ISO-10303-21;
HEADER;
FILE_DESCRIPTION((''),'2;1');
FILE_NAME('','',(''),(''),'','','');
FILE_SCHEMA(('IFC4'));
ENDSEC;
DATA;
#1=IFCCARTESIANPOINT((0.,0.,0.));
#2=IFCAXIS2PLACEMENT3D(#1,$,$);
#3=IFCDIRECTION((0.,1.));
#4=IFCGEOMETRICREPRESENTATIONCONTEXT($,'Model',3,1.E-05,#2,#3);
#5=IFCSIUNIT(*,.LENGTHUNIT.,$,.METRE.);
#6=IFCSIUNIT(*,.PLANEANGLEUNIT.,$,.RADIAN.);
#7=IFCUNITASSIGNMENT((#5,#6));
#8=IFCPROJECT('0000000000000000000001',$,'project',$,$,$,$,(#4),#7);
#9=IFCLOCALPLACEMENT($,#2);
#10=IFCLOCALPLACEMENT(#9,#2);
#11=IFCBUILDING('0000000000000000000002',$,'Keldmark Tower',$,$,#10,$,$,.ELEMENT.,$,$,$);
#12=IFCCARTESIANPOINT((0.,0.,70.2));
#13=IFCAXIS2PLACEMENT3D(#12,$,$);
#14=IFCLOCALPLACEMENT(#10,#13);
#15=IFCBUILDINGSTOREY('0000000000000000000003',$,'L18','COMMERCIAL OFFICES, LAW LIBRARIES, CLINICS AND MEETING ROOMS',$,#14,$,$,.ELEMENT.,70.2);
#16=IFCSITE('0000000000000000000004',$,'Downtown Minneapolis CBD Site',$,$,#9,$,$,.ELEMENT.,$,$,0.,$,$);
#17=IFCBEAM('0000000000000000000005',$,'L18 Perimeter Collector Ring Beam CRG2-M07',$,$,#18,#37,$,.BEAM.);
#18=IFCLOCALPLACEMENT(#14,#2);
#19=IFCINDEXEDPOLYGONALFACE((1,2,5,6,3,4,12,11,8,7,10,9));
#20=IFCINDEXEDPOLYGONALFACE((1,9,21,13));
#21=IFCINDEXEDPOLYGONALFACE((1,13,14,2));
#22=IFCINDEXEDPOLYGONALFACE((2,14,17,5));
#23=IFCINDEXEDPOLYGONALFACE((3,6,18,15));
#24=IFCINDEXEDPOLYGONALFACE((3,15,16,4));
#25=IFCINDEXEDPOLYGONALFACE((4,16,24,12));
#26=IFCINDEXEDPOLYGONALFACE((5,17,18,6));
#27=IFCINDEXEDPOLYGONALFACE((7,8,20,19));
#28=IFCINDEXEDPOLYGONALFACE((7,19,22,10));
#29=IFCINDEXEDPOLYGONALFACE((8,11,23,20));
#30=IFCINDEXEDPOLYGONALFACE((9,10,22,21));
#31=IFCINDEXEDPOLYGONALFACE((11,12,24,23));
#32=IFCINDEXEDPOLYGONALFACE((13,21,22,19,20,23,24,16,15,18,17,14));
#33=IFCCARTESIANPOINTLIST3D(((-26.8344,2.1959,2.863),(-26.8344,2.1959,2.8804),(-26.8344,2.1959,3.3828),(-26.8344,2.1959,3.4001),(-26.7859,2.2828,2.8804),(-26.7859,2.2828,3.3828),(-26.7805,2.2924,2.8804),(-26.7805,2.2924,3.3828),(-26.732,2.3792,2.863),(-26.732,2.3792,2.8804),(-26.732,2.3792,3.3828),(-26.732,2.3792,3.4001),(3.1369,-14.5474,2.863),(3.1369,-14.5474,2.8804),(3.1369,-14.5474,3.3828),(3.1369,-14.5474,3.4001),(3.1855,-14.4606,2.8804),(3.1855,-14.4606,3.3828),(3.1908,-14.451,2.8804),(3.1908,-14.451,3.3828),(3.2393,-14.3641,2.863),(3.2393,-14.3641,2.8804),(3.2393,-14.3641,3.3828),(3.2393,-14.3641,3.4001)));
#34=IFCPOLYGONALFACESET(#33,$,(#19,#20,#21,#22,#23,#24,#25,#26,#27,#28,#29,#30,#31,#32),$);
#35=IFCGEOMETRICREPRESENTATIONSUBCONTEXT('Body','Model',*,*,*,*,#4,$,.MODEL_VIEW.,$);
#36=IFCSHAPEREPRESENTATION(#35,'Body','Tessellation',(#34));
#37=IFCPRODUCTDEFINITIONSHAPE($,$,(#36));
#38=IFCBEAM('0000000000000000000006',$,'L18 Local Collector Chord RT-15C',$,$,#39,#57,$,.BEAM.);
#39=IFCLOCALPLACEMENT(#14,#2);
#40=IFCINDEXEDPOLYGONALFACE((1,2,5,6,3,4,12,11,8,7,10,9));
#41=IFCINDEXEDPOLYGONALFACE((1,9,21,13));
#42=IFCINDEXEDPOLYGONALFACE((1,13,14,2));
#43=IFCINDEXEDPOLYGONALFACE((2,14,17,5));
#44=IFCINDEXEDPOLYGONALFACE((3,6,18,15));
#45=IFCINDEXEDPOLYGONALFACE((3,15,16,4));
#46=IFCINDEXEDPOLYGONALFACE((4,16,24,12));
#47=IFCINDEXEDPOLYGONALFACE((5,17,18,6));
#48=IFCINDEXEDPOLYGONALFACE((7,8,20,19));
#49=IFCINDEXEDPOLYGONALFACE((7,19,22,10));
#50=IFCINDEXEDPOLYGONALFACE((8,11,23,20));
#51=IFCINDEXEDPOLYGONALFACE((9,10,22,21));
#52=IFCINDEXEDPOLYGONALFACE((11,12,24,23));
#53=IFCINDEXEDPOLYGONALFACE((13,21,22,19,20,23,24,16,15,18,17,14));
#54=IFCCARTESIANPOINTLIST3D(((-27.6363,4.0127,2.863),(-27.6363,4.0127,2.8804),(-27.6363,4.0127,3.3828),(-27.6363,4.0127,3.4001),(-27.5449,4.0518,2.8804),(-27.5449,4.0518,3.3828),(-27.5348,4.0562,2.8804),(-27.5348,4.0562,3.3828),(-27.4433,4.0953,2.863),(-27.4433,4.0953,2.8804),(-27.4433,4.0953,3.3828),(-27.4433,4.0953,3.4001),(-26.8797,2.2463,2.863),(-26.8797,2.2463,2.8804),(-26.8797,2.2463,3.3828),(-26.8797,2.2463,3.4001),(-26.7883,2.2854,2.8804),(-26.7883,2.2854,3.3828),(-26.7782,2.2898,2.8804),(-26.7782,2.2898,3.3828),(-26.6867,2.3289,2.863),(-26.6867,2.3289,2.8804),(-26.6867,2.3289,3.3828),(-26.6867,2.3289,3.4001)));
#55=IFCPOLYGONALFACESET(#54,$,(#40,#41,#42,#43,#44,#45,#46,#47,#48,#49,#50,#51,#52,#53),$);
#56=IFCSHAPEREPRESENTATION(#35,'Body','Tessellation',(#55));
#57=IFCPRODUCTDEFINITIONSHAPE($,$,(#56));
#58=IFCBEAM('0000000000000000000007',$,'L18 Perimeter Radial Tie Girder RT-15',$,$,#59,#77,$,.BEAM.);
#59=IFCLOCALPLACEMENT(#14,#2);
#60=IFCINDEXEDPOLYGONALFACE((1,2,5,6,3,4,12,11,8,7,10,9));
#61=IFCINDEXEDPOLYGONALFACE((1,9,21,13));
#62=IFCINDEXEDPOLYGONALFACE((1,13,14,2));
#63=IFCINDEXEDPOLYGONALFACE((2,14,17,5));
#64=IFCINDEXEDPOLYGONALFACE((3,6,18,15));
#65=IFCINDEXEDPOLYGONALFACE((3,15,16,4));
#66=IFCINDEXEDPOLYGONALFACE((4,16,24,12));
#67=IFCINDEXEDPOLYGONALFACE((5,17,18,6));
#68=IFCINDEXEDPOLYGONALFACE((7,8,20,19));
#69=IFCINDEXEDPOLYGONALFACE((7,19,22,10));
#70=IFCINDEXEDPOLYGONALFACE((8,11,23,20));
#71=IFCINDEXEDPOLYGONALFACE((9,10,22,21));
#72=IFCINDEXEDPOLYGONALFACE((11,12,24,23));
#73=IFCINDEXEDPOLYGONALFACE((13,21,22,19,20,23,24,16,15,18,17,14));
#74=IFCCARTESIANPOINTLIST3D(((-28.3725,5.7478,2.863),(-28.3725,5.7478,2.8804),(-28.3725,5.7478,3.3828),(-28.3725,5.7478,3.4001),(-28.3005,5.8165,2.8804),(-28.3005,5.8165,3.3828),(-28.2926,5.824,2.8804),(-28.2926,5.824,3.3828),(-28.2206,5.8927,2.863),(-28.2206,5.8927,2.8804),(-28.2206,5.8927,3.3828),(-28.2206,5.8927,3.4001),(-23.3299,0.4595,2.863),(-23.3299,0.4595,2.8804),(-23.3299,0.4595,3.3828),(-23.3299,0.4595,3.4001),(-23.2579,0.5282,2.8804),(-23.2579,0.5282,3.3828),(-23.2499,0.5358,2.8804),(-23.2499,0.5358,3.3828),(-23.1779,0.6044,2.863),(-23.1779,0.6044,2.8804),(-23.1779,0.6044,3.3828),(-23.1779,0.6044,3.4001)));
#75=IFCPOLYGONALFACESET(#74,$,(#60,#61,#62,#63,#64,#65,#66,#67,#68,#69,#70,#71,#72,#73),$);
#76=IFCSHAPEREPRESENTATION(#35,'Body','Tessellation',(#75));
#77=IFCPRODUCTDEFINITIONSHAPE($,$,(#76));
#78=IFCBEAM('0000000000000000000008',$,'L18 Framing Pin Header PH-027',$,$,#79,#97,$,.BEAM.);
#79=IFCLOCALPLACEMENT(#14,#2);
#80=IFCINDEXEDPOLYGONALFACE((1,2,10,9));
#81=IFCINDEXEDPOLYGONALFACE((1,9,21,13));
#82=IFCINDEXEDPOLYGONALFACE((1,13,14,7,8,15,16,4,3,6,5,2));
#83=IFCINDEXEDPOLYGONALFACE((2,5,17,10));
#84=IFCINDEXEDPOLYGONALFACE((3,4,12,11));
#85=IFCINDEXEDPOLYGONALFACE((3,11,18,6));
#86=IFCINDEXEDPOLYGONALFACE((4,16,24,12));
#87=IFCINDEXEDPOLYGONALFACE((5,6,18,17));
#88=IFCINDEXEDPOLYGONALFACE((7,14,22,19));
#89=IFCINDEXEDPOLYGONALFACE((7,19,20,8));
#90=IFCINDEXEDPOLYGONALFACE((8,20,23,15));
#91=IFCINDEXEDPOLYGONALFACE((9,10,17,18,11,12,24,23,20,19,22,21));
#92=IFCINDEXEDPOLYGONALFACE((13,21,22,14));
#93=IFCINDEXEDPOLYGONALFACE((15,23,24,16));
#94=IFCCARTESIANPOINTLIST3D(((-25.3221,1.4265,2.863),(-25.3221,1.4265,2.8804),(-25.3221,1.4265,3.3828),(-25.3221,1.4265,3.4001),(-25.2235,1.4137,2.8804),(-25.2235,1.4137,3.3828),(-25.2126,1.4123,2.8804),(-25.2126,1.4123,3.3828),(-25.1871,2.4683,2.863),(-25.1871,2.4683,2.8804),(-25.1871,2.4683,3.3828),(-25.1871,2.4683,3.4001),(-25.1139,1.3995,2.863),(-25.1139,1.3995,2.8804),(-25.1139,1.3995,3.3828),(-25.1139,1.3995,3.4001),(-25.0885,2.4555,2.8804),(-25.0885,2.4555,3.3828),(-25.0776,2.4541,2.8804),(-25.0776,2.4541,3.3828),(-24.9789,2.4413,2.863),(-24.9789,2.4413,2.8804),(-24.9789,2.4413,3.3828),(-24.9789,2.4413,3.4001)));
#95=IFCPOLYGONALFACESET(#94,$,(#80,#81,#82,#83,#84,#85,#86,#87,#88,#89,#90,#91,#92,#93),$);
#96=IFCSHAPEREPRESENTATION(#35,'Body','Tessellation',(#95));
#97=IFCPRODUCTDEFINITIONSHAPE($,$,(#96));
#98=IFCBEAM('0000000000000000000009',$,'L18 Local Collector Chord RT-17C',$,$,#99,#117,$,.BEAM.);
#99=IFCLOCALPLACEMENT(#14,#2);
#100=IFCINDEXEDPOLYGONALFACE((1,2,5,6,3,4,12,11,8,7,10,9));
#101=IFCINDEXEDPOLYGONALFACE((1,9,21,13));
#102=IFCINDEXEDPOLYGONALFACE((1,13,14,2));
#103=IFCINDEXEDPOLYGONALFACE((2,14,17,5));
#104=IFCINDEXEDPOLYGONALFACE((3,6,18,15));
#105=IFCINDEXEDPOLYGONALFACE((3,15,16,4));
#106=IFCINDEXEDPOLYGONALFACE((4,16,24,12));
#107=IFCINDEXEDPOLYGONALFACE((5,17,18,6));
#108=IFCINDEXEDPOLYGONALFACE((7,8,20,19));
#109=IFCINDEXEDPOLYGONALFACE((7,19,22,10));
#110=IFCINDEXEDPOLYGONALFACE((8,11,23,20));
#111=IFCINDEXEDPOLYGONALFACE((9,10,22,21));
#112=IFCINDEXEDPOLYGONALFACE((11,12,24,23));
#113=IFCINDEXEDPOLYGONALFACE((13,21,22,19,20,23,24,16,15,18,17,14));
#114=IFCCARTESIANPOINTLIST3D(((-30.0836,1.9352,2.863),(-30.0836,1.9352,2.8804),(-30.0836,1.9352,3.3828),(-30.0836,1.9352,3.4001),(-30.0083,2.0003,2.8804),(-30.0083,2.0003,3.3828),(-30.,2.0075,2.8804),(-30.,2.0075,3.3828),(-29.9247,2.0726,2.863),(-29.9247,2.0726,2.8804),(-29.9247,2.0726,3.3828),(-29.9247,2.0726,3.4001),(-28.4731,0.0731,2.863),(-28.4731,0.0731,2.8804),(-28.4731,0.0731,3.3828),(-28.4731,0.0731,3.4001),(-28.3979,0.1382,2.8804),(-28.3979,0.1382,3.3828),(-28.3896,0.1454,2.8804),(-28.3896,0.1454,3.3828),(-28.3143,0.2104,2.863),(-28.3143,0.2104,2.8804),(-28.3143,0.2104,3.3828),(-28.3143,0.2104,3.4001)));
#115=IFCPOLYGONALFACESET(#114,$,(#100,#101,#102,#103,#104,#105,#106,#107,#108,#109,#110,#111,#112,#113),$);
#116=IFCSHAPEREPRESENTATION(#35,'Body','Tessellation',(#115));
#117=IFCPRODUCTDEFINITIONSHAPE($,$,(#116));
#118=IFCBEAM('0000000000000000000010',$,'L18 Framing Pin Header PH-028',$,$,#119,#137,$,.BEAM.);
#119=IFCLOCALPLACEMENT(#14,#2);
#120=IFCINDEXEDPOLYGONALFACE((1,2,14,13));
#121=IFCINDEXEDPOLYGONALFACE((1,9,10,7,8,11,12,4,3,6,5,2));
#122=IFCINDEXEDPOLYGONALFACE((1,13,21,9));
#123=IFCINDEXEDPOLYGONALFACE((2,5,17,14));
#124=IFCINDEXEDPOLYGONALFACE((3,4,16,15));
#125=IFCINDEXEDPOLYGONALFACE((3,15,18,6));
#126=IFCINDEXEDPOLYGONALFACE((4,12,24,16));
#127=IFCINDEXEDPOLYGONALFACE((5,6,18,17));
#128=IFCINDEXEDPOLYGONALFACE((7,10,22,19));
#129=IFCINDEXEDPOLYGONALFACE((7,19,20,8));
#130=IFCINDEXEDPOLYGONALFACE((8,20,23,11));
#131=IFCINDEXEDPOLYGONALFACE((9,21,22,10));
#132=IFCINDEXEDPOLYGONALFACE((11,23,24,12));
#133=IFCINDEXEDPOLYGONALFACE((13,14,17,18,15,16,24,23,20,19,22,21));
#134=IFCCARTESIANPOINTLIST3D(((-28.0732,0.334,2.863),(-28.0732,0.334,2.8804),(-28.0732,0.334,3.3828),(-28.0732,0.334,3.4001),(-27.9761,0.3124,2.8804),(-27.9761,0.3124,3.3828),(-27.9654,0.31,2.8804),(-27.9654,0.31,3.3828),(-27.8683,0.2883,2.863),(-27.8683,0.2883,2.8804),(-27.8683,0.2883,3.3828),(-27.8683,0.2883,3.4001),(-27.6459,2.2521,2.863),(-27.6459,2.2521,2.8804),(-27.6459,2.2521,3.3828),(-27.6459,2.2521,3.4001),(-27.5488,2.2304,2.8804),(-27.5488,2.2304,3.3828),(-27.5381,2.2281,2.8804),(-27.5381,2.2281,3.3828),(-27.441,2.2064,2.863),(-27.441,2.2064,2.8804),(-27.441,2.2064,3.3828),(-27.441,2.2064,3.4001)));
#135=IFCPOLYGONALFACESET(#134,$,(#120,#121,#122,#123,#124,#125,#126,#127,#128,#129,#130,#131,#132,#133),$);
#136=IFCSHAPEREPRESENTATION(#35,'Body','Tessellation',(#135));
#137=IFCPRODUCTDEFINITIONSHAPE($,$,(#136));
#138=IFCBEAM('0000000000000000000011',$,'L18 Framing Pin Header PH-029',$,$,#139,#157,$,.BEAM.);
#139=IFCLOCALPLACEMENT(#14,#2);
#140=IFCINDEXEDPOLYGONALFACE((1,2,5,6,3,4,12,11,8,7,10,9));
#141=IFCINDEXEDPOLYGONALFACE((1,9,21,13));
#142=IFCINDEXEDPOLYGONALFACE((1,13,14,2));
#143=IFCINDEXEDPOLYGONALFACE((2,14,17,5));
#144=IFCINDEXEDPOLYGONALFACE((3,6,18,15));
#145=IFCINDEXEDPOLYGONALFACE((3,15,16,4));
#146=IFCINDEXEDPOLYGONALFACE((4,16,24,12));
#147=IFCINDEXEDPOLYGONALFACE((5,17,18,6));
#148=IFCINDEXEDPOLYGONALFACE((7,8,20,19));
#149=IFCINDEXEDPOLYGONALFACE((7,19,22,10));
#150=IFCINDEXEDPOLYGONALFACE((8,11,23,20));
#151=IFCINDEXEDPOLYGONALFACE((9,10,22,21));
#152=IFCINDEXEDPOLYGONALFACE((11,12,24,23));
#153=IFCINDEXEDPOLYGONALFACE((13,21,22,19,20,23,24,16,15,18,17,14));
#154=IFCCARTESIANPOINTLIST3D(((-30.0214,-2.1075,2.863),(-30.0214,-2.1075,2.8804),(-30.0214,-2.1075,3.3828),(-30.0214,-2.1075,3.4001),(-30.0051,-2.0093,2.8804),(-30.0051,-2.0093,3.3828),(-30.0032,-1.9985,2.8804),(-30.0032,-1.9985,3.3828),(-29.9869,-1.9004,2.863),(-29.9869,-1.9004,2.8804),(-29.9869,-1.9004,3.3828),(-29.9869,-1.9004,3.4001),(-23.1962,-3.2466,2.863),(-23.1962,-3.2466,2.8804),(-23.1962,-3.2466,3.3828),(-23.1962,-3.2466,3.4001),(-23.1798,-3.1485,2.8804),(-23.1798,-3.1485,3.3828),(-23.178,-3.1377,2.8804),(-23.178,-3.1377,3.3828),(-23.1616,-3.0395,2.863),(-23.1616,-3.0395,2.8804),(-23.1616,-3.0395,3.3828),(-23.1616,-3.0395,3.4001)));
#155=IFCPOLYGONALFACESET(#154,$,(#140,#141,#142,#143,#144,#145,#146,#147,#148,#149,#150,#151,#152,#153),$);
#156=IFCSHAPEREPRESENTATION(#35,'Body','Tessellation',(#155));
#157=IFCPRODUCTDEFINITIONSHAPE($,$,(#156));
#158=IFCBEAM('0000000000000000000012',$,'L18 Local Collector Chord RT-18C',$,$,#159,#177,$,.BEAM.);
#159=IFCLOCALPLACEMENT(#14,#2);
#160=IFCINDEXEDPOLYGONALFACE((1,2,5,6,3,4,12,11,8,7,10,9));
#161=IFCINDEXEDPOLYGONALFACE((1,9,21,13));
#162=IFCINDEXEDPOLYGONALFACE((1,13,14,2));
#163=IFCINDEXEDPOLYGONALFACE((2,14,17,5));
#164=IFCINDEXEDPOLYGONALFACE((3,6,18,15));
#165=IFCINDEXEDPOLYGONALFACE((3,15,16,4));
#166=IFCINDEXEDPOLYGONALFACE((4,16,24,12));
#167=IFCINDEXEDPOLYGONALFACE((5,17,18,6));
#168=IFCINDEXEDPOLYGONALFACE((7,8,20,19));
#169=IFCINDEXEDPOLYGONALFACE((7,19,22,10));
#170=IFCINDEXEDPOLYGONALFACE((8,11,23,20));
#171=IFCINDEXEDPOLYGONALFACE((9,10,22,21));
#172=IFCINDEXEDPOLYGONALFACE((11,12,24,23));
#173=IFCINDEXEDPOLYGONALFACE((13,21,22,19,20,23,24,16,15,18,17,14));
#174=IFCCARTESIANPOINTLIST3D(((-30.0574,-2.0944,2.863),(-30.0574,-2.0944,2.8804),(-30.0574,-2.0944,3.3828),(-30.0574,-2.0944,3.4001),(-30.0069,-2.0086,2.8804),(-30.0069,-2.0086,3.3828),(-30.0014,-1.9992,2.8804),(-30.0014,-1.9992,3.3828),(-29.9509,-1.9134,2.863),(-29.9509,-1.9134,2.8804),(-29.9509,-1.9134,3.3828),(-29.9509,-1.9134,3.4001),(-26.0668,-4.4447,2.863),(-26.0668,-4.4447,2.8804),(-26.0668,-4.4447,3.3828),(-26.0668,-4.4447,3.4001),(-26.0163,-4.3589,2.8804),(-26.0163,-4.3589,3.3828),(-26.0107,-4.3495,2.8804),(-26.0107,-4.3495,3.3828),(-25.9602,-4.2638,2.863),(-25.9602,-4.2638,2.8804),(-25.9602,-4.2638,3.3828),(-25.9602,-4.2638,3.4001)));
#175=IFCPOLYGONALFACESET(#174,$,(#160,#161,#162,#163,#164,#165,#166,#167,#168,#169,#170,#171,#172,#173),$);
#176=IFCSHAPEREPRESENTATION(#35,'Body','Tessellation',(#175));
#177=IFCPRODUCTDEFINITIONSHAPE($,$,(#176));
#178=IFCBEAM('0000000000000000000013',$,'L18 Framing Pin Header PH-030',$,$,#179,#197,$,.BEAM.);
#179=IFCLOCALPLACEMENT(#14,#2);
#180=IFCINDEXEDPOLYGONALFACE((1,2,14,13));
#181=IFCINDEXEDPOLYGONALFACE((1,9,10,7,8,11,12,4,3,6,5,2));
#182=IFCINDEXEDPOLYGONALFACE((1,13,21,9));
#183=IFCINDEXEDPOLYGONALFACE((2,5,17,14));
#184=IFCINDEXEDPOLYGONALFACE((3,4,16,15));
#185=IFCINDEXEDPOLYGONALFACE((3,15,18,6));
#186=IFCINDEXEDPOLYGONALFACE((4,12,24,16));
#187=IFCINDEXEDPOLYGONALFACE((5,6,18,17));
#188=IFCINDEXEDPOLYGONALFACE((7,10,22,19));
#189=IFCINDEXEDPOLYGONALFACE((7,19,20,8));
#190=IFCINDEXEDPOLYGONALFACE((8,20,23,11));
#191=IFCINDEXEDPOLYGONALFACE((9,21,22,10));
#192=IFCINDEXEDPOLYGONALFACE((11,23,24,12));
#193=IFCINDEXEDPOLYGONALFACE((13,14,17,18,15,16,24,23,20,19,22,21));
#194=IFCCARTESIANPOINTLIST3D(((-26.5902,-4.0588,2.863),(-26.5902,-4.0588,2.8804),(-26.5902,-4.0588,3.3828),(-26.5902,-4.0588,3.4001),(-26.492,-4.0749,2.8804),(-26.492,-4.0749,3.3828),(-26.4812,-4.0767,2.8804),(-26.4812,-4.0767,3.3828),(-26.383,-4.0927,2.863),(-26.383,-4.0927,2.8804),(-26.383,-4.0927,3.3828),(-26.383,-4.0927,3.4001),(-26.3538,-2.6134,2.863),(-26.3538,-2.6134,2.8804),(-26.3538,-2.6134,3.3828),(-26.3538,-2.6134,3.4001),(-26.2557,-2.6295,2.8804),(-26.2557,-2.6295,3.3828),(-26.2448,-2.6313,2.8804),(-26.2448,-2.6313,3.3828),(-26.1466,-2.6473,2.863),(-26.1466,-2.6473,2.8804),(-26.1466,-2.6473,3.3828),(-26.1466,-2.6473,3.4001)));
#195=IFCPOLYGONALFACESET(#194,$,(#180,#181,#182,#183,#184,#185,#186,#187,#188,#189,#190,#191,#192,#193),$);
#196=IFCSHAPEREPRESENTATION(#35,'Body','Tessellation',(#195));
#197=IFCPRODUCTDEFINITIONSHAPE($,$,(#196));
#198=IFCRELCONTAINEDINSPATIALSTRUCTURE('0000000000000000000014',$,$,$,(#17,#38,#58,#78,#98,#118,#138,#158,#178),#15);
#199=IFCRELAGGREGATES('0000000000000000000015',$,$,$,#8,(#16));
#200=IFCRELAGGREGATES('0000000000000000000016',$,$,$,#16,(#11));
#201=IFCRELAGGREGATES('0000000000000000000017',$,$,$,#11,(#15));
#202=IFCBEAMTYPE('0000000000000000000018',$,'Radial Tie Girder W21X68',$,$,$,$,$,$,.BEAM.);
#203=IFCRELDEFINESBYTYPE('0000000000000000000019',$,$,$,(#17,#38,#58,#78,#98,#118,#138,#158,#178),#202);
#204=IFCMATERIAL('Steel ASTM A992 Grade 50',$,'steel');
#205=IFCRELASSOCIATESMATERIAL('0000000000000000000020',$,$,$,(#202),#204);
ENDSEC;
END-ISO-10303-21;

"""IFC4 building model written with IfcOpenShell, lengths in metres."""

from ifc_helpers import new_model, si_unit, direction, frame, origin, origin_2d, place, context, subcontext, project, spatial, i_section, extrude, material, material_profile, profile_set, type_object, element, save


model = new_model("IFC4")

# Units and contexts
model_context = context("Model", 3, precision=1e-05, world=origin(), true_north=direction((0.0, 1.0)))
body_context = subcontext(model_context, "Body", "Model", "MODEL_VIEW")
ifc_project = project(units=[si_unit("LENGTHUNIT", "METRE"), si_unit("PLANEANGLEUNIT", "RADIAN")], contexts=[model_context])

# Site, building, storey
site_placement = place(None, origin())
site = spatial("IfcSite", under=ifc_project, at=site_placement, Name="Downtown Minneapolis CBD Site", CompositionType="ELEMENT", RefElevation=0.0)
building_placement = place(site_placement, origin())
building = spatial("IfcBuilding", under=site, at=building_placement, Name="Keldmark Tower", CompositionType="ELEMENT")
storey_placement = place(building_placement, frame((0.0, 0.0, 70.2)))
storey = spatial("IfcBuildingStorey", under=building, at=storey_placement, Name="L18", Description="COMMERCIAL OFFICES, LAW LIBRARIES, CLINICS AND MEETING ROOMS", CompositionType="ELEMENT", Elevation=70.2)

# Beams
ifc_material_1 = material(Name="Steel ASTM A992 Grade 50", Category="steel")
ifc_material_profile_1 = material_profile(ifc_material_1, i_section(OverallWidth=0.21, OverallDepth=0.5371, WebThickness=0.011, FlangeThickness=0.0173, at=origin_2d()), Name="W21X68")
ifc_profile_set_1 = profile_set([ifc_material_profile_1], Name="Steel ASTM A992 Grade 50")
beam_type_1 = type_object("IfcBeamType", Name="Radial Tie Girder W21X68", PredefinedType="BEAM", material=ifc_profile_set_1)
beam_1_placement = place(storey_placement, frame((-26.7832, 2.2876, 3.1316), z_axis=(0.87301, -0.487703, 0.0), x_axis=(0.487703, 0.87301, 0.0)))
element("IfcBeam", 1, at=beam_1_placement, inside=storey, type_object=beam_type_1, Name="L18 Perimeter Collector Ring Beam CRG2-M07", PredefinedType="BEAM", context=body_context, shape_type="SweptSolid", body=[
    extrude(i_section(OverallWidth=0.21, OverallDepth=0.5371, WebThickness=0.011, FlangeThickness=0.0173, at=origin_2d()), origin(), (0.0, 0.0, 1.0), 34.3311),
])
beam_2_placement = place(storey_placement, frame((-26.7832, 2.2876, 3.1316), z_axis=(-0.393735, 0.919224, 0.0), x_axis=(-0.919224, -0.393735, 0.0)))
element("IfcBeam", 2, at=beam_2_placement, inside=storey, type_object=beam_type_1, Name="L18 Local Collector Chord RT-15C", PredefinedType="BEAM", context=body_context, shape_type="SweptSolid", body=[
    extrude(i_section(OverallWidth=0.21, OverallDepth=0.5371, WebThickness=0.011, FlangeThickness=0.0173, at=origin_2d()), origin(), (0.0, 0.0, 1.0), 1.9216),
])
beam_3_placement = place(storey_placement, frame((-23.2539, 0.532, 3.1316), z_axis=(-0.690101, 0.723713, 0.0), x_axis=(-0.723713, -0.690101, 0.0)))
element("IfcBeam", 3, at=beam_3_placement, inside=storey, type_object=beam_type_1, Name="L18 Perimeter Radial Tie Girder RT-15", PredefinedType="BEAM", context=body_context, shape_type="SweptSolid", body=[
    extrude(i_section(OverallWidth=0.21, OverallDepth=0.5371, WebThickness=0.011, FlangeThickness=0.0173, at=origin_2d()), origin(), (0.0, 0.0, 1.0), 7.3071),
])
beam_4_placement = place(storey_placement, frame((-25.083, 2.4548, 3.1316), z_axis=(-0.128524, -0.991706, 0.0), x_axis=(0.991706, -0.128524, 0.0)))
element("IfcBeam", 4, at=beam_4_placement, inside=storey, type_object=beam_type_1, Name="L18 Framing Pin Header PH-027", PredefinedType="BEAM", context=body_context, shape_type="SweptSolid", body=[
    extrude(i_section(OverallWidth=0.21, OverallDepth=0.5371, WebThickness=0.011, FlangeThickness=0.0173, at=origin_2d()), origin(), (0.0, 0.0, 1.0), 1.0505),
])
beam_5_placement = place(storey_placement, frame((-30.0042, 2.0039, 3.1316), z_axis=(0.654134, -0.756379, 0.0), x_axis=(0.756379, 0.654134, 0.0)))
element("IfcBeam", 5, at=beam_5_placement, inside=storey, type_object=beam_type_1, Name="L18 Local Collector Chord RT-17C", PredefinedType="BEAM", context=body_context, shape_type="SweptSolid", body=[
    extrude(i_section(OverallWidth=0.21, OverallDepth=0.5371, WebThickness=0.011, FlangeThickness=0.0173, at=origin_2d()), origin(), (0.0, 0.0, 1.0), 2.4619),
])
beam_6_placement = place(storey_placement, frame((-27.5435, 2.2292, 3.1316), z_axis=(-0.21743, -0.976076, 0.0), x_axis=(0.976076, -0.21743, 0.0)))
element("IfcBeam", 6, at=beam_6_placement, inside=storey, type_object=beam_type_1, Name="L18 Framing Pin Header PH-028", PredefinedType="BEAM", context=body_context, shape_type="SweptSolid", body=[
    extrude(i_section(OverallWidth=0.21, OverallDepth=0.5371, WebThickness=0.011, FlangeThickness=0.0173, at=origin_2d()), origin(), (0.0, 0.0, 1.0), 1.9651),
])
beam_7_placement = place(storey_placement, frame((-30.0042, -2.0039, 3.1316), z_axis=(0.986356, -0.164628, 0.0), x_axis=(0.164628, 0.986356, 0.0)))
element("IfcBeam", 7, at=beam_7_placement, inside=storey, type_object=beam_type_1, Name="L18 Framing Pin Header PH-029", PredefinedType="BEAM", context=body_context, shape_type="SweptSolid", body=[
    extrude(i_section(OverallWidth=0.21, OverallDepth=0.5371, WebThickness=0.011, FlangeThickness=0.0173, at=origin_2d()), origin(), (0.0, 0.0, 1.0), 6.9197),
])
beam_8_placement = place(storey_placement, frame((-30.0042, -2.0039, 3.1316), z_axis=(0.861664, -0.507478, 0.0), x_axis=(0.507478, 0.861664, 0.0)))
element("IfcBeam", 8, at=beam_8_placement, inside=storey, type_object=beam_type_1, Name="L18 Local Collector Chord RT-18C", PredefinedType="BEAM", context=body_context, shape_type="SweptSolid", body=[
    extrude(i_section(OverallWidth=0.21, OverallDepth=0.5371, WebThickness=0.011, FlangeThickness=0.0173, at=origin_2d()), origin(), (0.0, 0.0, 1.0), 4.6313),
])
beam_9_placement = place(storey_placement, frame((-26.2502, -2.6304, 3.1316), z_axis=(-0.16137, -0.986894, 0.0), x_axis=(0.986894, -0.16137, 0.0)))
element("IfcBeam", 9, at=beam_9_placement, inside=storey, type_object=beam_type_1, Name="L18 Framing Pin Header PH-030", PredefinedType="BEAM", context=body_context, shape_type="SweptSolid", body=[
    extrude(i_section(OverallWidth=0.21, OverallDepth=0.5371, WebThickness=0.011, FlangeThickness=0.0173, at=origin_2d()), origin(), (0.0, 0.0, 1.0), 1.4646),
])

save(model, "model.ifc")
